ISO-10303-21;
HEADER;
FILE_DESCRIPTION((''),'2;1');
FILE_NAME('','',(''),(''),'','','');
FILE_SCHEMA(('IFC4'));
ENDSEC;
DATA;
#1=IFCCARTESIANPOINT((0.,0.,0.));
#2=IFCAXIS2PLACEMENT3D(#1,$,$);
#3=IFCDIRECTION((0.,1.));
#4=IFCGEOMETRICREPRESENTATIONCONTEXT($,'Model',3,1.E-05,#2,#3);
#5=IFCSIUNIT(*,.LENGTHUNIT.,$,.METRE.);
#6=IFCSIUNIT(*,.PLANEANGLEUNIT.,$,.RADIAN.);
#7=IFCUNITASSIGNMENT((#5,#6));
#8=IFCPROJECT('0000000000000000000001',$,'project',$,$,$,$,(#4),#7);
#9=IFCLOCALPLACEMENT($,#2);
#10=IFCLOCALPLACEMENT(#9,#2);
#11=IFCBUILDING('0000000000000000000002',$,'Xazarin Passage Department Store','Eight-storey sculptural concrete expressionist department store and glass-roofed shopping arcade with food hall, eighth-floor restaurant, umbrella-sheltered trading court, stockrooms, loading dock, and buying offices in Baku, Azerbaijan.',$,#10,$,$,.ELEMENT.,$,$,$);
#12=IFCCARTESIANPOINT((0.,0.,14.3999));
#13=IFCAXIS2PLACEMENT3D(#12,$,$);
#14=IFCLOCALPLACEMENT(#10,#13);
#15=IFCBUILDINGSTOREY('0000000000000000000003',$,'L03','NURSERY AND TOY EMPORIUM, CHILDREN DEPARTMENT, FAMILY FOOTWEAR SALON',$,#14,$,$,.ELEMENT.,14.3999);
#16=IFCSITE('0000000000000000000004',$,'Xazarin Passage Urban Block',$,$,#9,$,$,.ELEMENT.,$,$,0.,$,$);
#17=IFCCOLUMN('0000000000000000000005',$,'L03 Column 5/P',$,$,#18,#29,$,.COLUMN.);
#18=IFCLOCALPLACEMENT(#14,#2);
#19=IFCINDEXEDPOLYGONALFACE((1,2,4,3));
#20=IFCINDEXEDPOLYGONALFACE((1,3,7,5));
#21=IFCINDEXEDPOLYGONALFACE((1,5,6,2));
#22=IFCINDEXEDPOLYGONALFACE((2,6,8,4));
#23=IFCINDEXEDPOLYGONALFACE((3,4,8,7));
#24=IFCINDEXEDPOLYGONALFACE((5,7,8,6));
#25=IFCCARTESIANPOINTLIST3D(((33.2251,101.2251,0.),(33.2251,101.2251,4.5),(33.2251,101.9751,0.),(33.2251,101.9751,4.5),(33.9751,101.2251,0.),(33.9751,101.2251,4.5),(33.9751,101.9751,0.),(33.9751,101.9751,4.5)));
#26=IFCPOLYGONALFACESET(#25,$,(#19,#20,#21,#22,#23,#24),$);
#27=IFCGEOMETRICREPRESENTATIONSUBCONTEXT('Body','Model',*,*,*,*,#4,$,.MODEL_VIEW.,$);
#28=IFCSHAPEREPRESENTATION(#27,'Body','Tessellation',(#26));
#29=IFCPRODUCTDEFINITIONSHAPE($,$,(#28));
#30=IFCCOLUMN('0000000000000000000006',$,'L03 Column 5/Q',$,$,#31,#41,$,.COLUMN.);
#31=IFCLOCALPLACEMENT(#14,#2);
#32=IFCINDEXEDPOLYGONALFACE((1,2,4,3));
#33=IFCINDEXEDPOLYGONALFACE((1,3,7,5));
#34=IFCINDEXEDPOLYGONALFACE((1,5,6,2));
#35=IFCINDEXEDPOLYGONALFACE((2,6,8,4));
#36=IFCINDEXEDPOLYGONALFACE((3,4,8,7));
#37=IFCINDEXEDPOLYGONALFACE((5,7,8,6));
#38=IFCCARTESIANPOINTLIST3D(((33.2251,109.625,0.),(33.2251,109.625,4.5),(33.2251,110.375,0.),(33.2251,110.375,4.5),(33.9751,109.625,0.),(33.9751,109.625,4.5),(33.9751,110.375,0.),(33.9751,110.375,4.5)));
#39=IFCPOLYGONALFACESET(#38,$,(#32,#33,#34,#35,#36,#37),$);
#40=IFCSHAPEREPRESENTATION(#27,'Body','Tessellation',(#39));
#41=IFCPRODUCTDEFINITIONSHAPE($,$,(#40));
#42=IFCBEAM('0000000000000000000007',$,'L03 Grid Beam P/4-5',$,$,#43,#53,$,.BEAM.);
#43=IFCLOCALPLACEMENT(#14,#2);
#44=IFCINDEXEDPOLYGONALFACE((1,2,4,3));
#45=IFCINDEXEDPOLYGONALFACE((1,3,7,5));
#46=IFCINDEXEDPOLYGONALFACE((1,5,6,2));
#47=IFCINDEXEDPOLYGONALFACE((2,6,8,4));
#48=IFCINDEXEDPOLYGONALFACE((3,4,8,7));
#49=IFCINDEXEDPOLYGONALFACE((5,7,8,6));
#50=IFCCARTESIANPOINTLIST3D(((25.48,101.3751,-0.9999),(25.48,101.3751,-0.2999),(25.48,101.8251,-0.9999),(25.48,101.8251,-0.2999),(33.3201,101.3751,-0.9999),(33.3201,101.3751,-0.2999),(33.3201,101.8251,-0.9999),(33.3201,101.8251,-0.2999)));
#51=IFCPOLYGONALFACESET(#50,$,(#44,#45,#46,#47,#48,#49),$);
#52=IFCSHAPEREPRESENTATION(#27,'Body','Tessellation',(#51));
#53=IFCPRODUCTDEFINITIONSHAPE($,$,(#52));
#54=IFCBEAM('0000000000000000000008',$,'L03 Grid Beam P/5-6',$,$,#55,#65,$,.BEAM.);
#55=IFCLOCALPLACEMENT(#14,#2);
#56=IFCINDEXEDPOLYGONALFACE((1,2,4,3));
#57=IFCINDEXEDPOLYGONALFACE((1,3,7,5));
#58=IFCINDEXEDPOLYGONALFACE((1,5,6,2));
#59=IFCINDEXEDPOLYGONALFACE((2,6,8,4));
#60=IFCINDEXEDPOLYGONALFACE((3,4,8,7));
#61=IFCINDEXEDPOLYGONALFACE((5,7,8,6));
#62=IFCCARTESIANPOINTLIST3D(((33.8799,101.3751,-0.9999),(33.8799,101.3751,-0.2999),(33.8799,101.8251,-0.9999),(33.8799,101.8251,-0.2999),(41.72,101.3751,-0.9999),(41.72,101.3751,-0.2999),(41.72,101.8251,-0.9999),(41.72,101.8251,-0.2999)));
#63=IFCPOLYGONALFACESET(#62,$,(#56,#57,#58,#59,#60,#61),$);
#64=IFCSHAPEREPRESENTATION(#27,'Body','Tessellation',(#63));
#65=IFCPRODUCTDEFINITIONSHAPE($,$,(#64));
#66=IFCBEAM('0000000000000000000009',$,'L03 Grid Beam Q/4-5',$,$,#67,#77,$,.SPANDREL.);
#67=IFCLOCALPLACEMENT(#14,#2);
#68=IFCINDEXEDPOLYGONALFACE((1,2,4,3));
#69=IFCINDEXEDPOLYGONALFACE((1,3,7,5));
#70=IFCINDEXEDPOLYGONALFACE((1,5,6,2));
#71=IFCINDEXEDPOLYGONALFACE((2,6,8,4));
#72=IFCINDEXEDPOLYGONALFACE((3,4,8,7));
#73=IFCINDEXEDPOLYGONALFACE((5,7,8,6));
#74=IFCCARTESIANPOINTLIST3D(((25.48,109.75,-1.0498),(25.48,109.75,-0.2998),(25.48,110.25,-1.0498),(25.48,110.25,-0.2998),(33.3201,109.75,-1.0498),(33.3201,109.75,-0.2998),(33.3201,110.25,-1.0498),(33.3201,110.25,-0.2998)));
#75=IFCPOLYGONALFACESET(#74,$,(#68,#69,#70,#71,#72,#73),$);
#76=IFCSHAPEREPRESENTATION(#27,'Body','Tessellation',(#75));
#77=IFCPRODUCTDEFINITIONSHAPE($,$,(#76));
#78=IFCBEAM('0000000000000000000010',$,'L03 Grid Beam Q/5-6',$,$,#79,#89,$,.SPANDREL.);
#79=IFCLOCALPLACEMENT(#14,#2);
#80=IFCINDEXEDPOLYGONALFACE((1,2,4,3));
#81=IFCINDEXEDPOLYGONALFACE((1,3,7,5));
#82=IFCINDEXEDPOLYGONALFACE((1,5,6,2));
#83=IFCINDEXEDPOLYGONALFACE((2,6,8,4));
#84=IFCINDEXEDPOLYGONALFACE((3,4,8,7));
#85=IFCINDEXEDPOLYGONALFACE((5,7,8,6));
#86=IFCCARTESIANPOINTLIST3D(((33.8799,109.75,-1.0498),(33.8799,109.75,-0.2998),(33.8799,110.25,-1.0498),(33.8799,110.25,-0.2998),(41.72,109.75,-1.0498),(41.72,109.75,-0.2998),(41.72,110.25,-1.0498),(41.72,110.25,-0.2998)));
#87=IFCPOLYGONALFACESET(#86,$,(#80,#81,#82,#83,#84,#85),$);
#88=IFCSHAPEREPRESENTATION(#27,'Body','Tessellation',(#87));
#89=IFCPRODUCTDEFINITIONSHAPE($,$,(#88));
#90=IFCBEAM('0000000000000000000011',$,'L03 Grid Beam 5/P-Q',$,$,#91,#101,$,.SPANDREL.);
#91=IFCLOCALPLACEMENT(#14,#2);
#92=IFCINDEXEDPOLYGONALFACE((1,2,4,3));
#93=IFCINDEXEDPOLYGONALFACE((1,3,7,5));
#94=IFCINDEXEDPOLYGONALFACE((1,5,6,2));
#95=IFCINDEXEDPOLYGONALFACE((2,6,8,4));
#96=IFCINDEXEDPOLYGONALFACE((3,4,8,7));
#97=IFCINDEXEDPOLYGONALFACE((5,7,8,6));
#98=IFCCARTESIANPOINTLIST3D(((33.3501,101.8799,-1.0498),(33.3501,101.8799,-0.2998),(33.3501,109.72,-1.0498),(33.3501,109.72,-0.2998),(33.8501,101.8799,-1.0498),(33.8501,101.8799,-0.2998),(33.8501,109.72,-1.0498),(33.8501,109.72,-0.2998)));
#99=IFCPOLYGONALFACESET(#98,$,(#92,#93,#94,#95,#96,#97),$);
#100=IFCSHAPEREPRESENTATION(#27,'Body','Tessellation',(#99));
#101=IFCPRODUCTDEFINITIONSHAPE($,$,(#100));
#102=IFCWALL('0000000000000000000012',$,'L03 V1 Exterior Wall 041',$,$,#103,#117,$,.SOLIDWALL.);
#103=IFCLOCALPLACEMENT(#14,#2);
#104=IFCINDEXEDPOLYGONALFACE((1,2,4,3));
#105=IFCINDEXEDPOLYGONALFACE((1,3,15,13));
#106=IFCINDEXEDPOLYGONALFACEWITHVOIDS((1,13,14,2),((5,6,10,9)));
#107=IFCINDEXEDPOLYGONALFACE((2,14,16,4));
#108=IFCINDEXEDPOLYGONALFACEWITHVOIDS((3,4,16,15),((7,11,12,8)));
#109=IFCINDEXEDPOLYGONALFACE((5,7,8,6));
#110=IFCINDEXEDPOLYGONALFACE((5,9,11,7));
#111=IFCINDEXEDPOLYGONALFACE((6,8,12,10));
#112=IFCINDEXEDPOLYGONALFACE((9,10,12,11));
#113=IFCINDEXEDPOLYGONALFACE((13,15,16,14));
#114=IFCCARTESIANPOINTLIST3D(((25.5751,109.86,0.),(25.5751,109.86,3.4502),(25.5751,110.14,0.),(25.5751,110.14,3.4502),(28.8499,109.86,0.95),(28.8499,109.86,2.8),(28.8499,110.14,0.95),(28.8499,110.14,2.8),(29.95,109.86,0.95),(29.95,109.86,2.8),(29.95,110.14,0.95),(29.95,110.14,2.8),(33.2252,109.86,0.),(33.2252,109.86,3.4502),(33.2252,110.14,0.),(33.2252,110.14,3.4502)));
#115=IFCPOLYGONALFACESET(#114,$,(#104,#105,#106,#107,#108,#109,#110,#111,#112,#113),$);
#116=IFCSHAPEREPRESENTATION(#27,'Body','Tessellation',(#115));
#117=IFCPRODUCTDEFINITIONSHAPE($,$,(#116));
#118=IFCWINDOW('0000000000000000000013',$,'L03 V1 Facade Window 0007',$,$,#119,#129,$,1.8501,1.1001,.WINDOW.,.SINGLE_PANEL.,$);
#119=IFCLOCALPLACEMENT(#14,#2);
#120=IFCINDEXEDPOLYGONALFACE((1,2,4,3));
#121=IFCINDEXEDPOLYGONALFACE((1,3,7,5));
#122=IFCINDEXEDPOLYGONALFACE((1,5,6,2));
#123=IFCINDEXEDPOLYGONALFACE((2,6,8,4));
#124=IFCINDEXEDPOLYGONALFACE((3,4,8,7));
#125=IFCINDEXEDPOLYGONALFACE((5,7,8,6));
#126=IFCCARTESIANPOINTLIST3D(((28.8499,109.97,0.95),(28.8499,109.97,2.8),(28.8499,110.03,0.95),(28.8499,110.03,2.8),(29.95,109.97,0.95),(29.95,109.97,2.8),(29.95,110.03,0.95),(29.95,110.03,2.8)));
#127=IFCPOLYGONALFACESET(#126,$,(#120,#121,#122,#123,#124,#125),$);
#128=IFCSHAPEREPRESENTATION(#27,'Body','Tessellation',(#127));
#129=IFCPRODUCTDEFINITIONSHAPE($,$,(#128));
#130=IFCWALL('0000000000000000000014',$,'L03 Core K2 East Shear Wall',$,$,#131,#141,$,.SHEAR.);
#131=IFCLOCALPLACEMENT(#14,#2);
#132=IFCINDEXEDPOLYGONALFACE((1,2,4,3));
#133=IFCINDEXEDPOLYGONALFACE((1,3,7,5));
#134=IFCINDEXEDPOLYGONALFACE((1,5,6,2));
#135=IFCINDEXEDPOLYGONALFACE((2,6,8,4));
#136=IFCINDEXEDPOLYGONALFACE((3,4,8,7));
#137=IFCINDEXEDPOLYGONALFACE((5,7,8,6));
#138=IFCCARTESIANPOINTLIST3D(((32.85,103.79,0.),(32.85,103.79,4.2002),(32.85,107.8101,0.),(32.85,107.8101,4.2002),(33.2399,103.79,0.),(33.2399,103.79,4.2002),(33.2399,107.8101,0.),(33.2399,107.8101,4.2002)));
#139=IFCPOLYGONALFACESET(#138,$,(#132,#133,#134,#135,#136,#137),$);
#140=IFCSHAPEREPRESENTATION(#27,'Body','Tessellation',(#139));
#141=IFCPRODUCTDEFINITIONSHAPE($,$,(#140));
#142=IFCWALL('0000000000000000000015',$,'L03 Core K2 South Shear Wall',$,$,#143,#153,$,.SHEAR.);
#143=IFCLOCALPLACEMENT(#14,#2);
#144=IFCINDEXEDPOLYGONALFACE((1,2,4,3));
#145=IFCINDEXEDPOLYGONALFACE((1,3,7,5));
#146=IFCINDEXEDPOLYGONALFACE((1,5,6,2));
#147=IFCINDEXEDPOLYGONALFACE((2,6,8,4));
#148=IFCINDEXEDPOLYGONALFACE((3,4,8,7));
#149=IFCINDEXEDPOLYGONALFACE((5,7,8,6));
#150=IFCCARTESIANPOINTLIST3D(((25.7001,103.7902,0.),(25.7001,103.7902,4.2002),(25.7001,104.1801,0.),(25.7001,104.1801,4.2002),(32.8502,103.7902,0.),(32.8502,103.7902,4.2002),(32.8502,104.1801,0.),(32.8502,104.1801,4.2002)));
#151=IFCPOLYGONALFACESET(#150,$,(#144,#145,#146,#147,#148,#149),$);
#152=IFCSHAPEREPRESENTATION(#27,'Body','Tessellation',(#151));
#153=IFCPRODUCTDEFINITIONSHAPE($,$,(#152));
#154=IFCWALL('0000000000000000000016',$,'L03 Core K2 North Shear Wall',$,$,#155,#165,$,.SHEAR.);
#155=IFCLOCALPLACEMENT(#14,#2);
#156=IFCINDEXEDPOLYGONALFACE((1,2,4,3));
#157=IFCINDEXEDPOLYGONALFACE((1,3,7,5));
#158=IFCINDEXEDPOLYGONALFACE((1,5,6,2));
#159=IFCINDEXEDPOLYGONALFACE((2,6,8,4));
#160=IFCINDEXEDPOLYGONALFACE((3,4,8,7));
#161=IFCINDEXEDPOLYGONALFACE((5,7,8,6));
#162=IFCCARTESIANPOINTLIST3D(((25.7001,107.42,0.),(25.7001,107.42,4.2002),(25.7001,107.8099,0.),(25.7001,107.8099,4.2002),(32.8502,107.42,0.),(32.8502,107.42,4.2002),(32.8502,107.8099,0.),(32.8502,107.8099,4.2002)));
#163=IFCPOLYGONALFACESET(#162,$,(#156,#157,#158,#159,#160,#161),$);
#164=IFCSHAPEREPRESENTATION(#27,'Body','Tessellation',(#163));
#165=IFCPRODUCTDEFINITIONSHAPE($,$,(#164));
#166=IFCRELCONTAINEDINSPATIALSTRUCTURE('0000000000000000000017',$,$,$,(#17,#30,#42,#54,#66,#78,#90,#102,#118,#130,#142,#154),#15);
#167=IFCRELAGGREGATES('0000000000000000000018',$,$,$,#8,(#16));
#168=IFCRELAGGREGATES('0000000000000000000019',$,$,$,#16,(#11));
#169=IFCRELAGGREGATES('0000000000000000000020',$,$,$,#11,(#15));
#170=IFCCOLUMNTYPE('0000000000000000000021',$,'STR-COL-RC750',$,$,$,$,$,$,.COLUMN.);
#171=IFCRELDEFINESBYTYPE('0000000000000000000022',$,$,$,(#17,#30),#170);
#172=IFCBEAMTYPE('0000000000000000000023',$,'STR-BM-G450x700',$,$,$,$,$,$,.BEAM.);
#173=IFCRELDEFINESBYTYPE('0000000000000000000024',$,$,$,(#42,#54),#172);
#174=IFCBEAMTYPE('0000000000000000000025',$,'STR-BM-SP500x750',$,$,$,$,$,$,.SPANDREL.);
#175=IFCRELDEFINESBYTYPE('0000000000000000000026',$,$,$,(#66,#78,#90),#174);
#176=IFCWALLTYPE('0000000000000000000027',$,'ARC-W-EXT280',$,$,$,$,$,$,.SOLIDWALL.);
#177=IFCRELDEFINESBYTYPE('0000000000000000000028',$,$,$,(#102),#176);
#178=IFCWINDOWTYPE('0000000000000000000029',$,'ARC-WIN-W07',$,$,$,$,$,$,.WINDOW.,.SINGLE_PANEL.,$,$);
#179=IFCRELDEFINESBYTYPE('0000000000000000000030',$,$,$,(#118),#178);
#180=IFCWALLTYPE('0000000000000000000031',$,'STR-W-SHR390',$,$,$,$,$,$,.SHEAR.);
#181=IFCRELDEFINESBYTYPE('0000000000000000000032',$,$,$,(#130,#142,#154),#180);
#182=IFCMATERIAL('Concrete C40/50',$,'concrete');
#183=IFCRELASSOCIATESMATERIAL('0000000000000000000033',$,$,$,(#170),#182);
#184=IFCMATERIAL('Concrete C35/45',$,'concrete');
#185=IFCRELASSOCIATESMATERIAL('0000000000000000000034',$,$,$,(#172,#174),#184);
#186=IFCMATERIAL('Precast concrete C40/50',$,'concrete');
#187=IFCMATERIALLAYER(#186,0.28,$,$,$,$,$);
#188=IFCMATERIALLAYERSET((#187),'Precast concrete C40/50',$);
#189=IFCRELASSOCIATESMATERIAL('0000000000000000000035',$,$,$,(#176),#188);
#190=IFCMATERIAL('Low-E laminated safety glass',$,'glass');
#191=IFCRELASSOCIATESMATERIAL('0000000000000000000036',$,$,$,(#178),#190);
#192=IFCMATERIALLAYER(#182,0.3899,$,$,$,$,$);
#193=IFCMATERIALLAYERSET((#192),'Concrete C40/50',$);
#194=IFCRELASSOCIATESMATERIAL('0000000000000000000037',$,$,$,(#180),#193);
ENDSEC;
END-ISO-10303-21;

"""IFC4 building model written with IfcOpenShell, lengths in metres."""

from ifc_helpers import new_model, si_unit, direction, frame, frame_2d, origin, origin_2d, place, context, subcontext, project, spatial, rectangle, extrude, material, layer, layer_set, material_profile, profile_set, type_object, element, fill, save


model = new_model("IFC4")

# Units and contexts
model_context = context("Model", 3, precision=1e-05, world=origin(), true_north=direction((0.0, 1.0)))
body_context = subcontext(model_context, "Body", "Model", "MODEL_VIEW")
ifc_project = project(units=[si_unit("LENGTHUNIT", "METRE"), si_unit("PLANEANGLEUNIT", "RADIAN")], contexts=[model_context])

# Site, building, storey
site_placement = place(None, origin())
site = spatial("IfcSite", under=ifc_project, at=site_placement, Name="Xazarin Passage Urban Block", CompositionType="ELEMENT", RefElevation=0.0)
building_placement = place(site_placement, origin())
building = spatial("IfcBuilding", under=site, at=building_placement, Name="Xazarin Passage Department Store", Description="Eight-storey sculptural concrete expressionist department store and glass-roofed shopping arcade with food hall, eighth-floor restaurant, umbrella-sheltered trading court, stockrooms, loading dock, and buying offices in Baku, Azerbaijan.", CompositionType="ELEMENT")
storey_placement = place(building_placement, frame((0.0, 0.0, 14.3999)))
storey = spatial("IfcBuildingStorey", under=building, at=storey_placement, Name="L03", Description="NURSERY AND TOY EMPORIUM, CHILDREN DEPARTMENT, FAMILY FOOTWEAR SALON", CompositionType="ELEMENT", Elevation=14.3999)

# Columns
ifc_material_1 = material(Name="Concrete C40/50", Category="concrete")
ifc_material_profile_1 = material_profile(ifc_material_1, rectangle(XDim=0.75, YDim=0.75, at=origin_2d()), Name="RC 750x750")
ifc_profile_set_1 = profile_set([ifc_material_profile_1], Name="Concrete C40/50")
column_type = type_object("IfcColumnType", Name="STR-COL-RC750", PredefinedType="COLUMN", material=ifc_profile_set_1)
for number, where, z_axis, x_axis, name in (
    (1, (33.6001, 101.6001, 0.0), (0.0, 0.0, 1.0), (1.0, 0.0, 0.0), "L03 Column 5/P"),
    (2, (33.6001, 110.0, 0.0), (0.0, 0.0, 1.0), (1.0, 0.0, 0.0), "L03 Column 5/Q"),
):
    element("IfcColumn", number, at=place(storey_placement, frame(where, z_axis=z_axis, x_axis=x_axis)), inside=storey, type_object=column_type, Name=name, PredefinedType="COLUMN", context=body_context, shape_type="SweptSolid", body=[
        extrude(rectangle(XDim=0.75, YDim=0.75, at=origin_2d()), origin(), (0.0, 0.0, 1.0), 4.5),
    ])

# Beams
ifc_material_2 = material(Name="Concrete C35/45", Category="concrete")
ifc_material_profile_2 = material_profile(ifc_material_2, rectangle(XDim=0.45, YDim=0.7, at=origin_2d()), Name="RC 450x700")
ifc_profile_set_2 = profile_set([ifc_material_profile_2], Name="Concrete C35/45")
beam_type_1 = type_object("IfcBeamType", Name="STR-BM-G450x700", PredefinedType="BEAM", material=ifc_profile_set_2)
for number, where, z_axis, x_axis, name in (
    (3, (25.48, 101.6001, -0.6499), (1.0, 0.0, 0.0), (0.0, 1.0, 0.0), "L03 Grid Beam P/4-5"),
    (4, (33.8799, 101.6001, -0.6499), (1.0, 0.0, 0.0), (0.0, 1.0, 0.0), "L03 Grid Beam P/5-6"),
):
    element("IfcBeam", number, at=place(storey_placement, frame(where, z_axis=z_axis, x_axis=x_axis)), inside=storey, type_object=beam_type_1, Name=name, PredefinedType="BEAM", context=body_context, shape_type="SweptSolid", body=[
        extrude(rectangle(XDim=0.45, YDim=0.7, at=origin_2d()), origin(), (0.0, 0.0, 1.0), 7.8401),
    ])
ifc_material_profile_3 = material_profile(ifc_material_2, rectangle(XDim=0.5, YDim=0.75, at=origin_2d()), Name="RC 500x750")
ifc_profile_set_3 = profile_set([ifc_material_profile_3], Name="Concrete C35/45")
beam_type_2 = type_object("IfcBeamType", Name="STR-BM-SP500x750", PredefinedType="SPANDREL", material=ifc_profile_set_3)
for number, where, z_axis, x_axis, name in (
    (5, (25.48, 110.0, -0.6748), (1.0, 0.0, 0.0), (0.0, 1.0, 0.0), "L03 Grid Beam Q/4-5"),
    (6, (33.8799, 110.0, -0.6748), (1.0, 0.0, 0.0), (0.0, 1.0, 0.0), "L03 Grid Beam Q/5-6"),
    (7, (33.6001, 101.8799, -0.6748), (0.0, 1.0, 0.0), (-1.0, 0.0, 0.0), "L03 Grid Beam 5/P-Q"),
):
    element("IfcBeam", number, at=place(storey_placement, frame(where, z_axis=z_axis, x_axis=x_axis)), inside=storey, type_object=beam_type_2, Name=name, PredefinedType="SPANDREL", context=body_context, shape_type="SweptSolid", body=[
        extrude(rectangle(XDim=0.5, YDim=0.75, at=origin_2d()), origin(), (0.0, 0.0, 1.0), 7.8401),
    ])

# Wall, opening, window
ifc_material_3 = material(Name="Precast concrete C40/50", Category="concrete")
ifc_layer_1 = layer(ifc_material_3, 0.28)
ifc_layer_set_1 = layer_set([ifc_layer_1], Name="Precast concrete C40/50")
wall_type_1 = type_object("IfcWallType", Name="ARC-W-EXT280", PredefinedType="SOLIDWALL", material=ifc_layer_set_1)
wall_1_placement = place(storey_placement, frame((25.575, 110.0, 0.0), z_axis=(0.0, 0.0, 1.0), x_axis=(1.0, 0.0, 0.0)))
wall_1 = element("IfcWall", 8, at=wall_1_placement, inside=storey, type_object=wall_type_1, Name="L03 V1 Exterior Wall 041", PredefinedType="SOLIDWALL", context=body_context, shape_type="SweptSolid", body=[
    extrude(rectangle(XDim=7.6501, YDim=0.28, at=frame_2d((3.8252, 0.0))), origin(), (0.0, 0.0, 1.0), 3.4502),
])
opening_1_placement = place(wall_1_placement, frame((3.2749, 0.0, 0.95)))
opening_1 = element("IfcOpeningElement", 9, at=opening_1_placement, cuts=wall_1, PredefinedType="OPENING", context=body_context, shape_type="SweptSolid", body=[
    extrude(rectangle(XDim=1.1001, YDim=1.8501, at=frame_2d((0.55, 0.925))), frame((0.0, 0.1499, 0.0), z_axis=(0.0, -1.0, 0.0), x_axis=(1.0, 0.0, 0.0)), (0.0, 0.0, 1.0), 0.3),
])
ifc_material_4 = material(Name="Low-E laminated safety glass", Category="glass")
window_type = type_object("IfcWindowType", Name="ARC-WIN-W07", PartitioningType="SINGLE_PANEL", PredefinedType="WINDOW", material=ifc_material_4)
window_placement = place(opening_1_placement, origin())
window = element("IfcWindow", 10, at=window_placement, inside=storey, type_object=window_type, Name="L03 V1 Facade Window 0007", OverallHeight=1.8501, OverallWidth=1.1001, PartitioningType="SINGLE_PANEL", PredefinedType="WINDOW", context=body_context, shape_type="SweptSolid", body=[
    extrude(rectangle(XDim=1.1001, YDim=1.8501, at=frame_2d((0.55, 0.925))), frame((0.0, 0.03, 0.0), z_axis=(0.0, -1.0, 0.0), x_axis=(1.0, 0.0, 0.0)), (0.0, 0.0, 1.0), 0.0601),
])
fill(opening_1, window)

# Shared definitions
ifc_layer_2 = layer(ifc_material_1, 0.3899)
ifc_layer_set_2 = layer_set([ifc_layer_2], Name="Concrete C40/50")
wall_type_2 = type_object("IfcWallType", Name="STR-W-SHR390", PredefinedType="SHEAR", material=ifc_layer_set_2)

# Walls
wall_2_placement = place(storey_placement, frame((33.0449, 103.79, 0.0), z_axis=(0.0, 0.0, 1.0), x_axis=(0.0, 1.0, 0.0)))
element("IfcWall", 11, at=wall_2_placement, inside=storey, type_object=wall_type_2, Name="L03 Core K2 East Shear Wall", PredefinedType="SHEAR", context=body_context, shape_type="SweptSolid", body=[
    extrude(rectangle(XDim=4.02, YDim=0.3899, at=frame_2d((2.01, 0.0))), origin(), (0.0, 0.0, 1.0), 4.2002),
])
for number, where, z_axis, x_axis, name in (
    (12, (25.7, 103.9851, 0.0), (0.0, 0.0, 1.0), (1.0, 0.0, 0.0), "L03 Core K2 South Shear Wall"),
    (13, (25.7, 107.615, 0.0), (0.0, 0.0, 1.0), (1.0, 0.0, 0.0), "L03 Core K2 North Shear Wall"),
):
    element("IfcWall", number, at=place(storey_placement, frame(where, z_axis=z_axis, x_axis=x_axis)), inside=storey, type_object=wall_type_2, Name=name, PredefinedType="SHEAR", context=body_context, shape_type="SweptSolid", body=[
        extrude(rectangle(XDim=7.1501, YDim=0.3899, at=frame_2d((3.5752, 0.0))), origin(), (0.0, 0.0, 1.0), 4.2002),
    ])

save(model, "model.ifc")
